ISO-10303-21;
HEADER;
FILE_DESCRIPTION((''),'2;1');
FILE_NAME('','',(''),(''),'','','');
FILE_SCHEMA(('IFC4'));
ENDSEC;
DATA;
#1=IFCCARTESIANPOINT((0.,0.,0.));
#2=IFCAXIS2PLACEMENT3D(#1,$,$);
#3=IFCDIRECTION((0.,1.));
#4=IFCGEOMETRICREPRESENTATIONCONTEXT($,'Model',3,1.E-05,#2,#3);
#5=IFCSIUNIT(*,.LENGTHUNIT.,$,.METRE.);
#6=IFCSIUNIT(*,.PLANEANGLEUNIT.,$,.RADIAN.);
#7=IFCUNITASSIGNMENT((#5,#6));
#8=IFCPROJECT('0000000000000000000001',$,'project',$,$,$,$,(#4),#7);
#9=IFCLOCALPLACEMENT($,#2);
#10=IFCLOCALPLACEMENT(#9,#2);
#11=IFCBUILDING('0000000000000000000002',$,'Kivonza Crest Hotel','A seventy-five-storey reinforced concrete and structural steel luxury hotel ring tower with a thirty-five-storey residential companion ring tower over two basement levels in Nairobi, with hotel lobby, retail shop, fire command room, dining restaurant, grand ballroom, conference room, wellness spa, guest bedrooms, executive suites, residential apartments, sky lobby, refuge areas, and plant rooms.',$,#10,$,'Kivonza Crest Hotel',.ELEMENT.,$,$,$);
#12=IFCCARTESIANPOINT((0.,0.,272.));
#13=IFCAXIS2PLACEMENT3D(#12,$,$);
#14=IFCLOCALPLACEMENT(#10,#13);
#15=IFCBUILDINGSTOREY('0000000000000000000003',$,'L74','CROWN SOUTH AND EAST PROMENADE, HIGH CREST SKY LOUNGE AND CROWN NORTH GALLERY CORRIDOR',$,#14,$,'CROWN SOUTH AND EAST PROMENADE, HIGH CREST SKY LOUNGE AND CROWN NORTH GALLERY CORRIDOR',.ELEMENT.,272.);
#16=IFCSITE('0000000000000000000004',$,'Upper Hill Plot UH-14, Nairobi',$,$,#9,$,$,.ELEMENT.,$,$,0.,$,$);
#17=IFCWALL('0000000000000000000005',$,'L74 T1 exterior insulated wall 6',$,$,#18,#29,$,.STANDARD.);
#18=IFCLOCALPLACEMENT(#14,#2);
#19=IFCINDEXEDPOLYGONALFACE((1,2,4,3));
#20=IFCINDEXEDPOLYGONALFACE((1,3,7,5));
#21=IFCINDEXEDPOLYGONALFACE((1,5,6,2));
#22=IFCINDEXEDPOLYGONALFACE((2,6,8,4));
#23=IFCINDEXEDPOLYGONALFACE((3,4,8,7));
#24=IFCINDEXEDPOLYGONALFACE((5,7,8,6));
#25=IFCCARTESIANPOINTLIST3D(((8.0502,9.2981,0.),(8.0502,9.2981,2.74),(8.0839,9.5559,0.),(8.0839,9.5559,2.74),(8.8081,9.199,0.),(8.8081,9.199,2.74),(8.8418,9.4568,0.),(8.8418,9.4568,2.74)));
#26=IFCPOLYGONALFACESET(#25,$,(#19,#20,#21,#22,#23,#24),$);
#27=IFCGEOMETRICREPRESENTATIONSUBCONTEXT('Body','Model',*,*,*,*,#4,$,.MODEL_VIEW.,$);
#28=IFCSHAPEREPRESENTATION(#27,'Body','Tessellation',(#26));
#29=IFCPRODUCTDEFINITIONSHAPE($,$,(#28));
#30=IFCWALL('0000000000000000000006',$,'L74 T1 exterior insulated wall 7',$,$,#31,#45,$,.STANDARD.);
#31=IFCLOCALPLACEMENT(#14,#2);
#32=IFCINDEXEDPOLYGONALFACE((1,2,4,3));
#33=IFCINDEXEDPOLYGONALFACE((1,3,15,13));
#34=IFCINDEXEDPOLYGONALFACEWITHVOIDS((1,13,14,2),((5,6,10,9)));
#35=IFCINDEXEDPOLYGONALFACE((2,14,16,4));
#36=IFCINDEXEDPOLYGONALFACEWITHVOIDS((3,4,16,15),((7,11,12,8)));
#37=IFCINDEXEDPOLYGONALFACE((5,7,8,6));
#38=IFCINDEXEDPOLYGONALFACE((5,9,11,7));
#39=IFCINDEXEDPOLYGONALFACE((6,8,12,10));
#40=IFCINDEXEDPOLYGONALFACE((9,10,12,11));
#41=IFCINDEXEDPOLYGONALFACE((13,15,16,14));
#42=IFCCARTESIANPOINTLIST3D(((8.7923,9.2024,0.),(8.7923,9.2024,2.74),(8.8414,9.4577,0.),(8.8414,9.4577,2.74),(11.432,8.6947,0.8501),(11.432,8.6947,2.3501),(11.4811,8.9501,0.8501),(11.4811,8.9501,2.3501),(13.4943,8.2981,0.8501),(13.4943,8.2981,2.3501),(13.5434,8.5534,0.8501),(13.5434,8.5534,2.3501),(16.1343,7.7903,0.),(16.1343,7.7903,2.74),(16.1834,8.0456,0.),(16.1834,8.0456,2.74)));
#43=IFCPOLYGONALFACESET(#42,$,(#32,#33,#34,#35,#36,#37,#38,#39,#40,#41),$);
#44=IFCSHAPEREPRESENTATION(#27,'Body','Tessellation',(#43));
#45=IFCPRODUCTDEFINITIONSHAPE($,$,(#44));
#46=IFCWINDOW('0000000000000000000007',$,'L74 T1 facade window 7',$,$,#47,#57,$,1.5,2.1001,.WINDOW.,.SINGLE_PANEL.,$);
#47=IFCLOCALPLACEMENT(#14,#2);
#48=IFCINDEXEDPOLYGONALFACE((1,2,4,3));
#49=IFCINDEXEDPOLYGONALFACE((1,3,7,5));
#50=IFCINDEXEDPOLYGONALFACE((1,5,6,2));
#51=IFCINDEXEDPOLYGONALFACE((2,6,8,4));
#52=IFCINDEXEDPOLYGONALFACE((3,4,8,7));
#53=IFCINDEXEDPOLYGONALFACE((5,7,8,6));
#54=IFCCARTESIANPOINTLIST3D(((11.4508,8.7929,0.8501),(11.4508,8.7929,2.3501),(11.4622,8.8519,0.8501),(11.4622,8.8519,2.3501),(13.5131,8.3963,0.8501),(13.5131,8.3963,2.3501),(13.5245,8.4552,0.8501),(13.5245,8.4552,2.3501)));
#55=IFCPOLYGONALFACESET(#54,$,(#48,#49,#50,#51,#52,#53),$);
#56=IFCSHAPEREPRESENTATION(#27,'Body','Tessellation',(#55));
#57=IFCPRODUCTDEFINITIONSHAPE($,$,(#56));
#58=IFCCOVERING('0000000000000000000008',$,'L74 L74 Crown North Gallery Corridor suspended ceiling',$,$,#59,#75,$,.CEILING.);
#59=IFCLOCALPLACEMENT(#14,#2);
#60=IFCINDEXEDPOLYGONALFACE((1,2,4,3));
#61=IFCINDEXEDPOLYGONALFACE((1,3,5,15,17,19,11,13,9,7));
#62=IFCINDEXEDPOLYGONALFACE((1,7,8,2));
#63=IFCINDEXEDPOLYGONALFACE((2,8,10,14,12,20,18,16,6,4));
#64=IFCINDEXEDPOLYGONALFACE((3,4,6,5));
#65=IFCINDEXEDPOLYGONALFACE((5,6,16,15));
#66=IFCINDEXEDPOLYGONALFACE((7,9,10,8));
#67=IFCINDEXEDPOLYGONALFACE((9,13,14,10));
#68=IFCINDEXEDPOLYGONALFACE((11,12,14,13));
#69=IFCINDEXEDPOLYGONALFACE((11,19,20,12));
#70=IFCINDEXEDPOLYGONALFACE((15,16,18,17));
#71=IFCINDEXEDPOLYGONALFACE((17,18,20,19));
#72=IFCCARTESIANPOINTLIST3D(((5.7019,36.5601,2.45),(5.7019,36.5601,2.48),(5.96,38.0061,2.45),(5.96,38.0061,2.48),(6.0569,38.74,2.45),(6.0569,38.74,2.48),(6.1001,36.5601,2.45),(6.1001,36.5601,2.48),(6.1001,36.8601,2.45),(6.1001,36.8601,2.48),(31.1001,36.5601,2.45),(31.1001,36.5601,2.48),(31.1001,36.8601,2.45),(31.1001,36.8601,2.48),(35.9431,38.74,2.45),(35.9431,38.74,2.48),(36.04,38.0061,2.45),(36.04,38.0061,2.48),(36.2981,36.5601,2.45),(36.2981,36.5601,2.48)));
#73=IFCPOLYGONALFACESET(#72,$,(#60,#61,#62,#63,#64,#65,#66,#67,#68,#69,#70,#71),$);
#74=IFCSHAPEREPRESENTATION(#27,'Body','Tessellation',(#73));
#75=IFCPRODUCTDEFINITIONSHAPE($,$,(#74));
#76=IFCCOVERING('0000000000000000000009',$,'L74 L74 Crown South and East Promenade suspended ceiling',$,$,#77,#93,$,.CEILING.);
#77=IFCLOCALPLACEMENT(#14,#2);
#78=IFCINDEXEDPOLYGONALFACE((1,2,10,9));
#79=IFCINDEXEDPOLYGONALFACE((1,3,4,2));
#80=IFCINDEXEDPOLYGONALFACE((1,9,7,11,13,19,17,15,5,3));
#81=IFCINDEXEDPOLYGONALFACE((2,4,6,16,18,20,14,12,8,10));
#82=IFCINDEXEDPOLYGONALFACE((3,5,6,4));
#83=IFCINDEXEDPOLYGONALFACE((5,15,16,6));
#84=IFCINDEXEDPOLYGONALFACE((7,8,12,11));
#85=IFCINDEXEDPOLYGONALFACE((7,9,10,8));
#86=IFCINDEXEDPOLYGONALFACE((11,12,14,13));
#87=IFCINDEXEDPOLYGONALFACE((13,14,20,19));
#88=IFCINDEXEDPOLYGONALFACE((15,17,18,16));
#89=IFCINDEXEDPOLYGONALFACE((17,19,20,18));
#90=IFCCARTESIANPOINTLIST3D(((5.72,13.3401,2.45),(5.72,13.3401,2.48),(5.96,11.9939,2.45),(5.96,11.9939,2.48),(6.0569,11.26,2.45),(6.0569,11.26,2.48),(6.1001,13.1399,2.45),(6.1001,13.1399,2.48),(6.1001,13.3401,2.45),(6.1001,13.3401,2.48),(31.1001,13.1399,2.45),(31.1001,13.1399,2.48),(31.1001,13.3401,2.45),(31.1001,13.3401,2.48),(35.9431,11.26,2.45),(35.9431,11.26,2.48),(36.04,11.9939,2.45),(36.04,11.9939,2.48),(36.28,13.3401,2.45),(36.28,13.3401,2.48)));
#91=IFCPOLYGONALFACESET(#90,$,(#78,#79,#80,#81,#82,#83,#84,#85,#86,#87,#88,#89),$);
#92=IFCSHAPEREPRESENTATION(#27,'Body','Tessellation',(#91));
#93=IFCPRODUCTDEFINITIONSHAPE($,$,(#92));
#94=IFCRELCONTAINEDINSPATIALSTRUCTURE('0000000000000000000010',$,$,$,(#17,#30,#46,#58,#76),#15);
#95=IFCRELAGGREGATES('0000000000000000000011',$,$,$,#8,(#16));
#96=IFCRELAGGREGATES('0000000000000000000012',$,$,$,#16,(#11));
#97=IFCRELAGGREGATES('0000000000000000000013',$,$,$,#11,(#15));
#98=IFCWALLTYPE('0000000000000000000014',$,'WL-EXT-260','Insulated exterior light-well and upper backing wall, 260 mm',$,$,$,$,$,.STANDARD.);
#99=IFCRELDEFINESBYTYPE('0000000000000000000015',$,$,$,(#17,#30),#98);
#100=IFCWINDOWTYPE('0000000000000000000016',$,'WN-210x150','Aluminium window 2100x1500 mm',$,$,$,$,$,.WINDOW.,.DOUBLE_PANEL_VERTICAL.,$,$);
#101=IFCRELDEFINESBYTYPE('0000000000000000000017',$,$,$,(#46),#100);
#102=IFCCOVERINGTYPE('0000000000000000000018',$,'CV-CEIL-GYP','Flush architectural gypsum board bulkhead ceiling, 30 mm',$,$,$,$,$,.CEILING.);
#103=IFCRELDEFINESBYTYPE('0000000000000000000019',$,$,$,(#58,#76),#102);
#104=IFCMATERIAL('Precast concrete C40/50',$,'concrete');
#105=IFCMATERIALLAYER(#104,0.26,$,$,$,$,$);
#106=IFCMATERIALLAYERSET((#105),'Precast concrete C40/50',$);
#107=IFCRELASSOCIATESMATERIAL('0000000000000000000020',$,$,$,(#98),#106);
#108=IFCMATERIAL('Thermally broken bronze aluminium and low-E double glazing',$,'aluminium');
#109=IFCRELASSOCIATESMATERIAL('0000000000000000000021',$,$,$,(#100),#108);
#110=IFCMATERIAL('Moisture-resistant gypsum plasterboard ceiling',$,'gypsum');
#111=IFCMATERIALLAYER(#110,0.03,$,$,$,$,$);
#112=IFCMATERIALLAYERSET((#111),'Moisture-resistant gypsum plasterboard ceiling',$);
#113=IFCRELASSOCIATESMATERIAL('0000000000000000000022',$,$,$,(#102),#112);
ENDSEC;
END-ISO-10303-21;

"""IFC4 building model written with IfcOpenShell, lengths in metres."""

from ifc_helpers import new_model, si_unit, direction, frame, frame_2d, origin, place, context, subcontext, project, spatial, polyline, rectangle, outline, extrude, material, layer, layer_set, type_object, element, fill, save


model = new_model("IFC4")

# Units and contexts
model_context = context("Model", 3, precision=1e-05, world=origin(), true_north=direction((0.0, 1.0)))
body_context = subcontext(model_context, "Body", "Model", "MODEL_VIEW")
ifc_project = project(units=[si_unit("LENGTHUNIT", "METRE"), si_unit("PLANEANGLEUNIT", "RADIAN")], contexts=[model_context])

# Site, building, storey
site_placement = place(None, origin())
site = spatial("IfcSite", under=ifc_project, at=site_placement, Name="Upper Hill Plot UH-14, Nairobi", CompositionType="ELEMENT", RefElevation=0.0)
building_placement = place(site_placement, origin())
building = spatial("IfcBuilding", under=site, at=building_placement, Name="Kivonza Crest Hotel", Description="A seventy-five-storey reinforced concrete and structural steel luxury hotel ring tower with a thirty-five-storey residential companion ring tower over two basement levels in Nairobi, with hotel lobby, retail shop, fire command room, dining restaurant, grand ballroom, conference room, wellness spa, guest bedrooms, executive suites, residential apartments, sky lobby, refuge areas, and plant rooms.", LongName="Kivonza Crest Hotel", CompositionType="ELEMENT")
storey_placement = place(building_placement, frame((0.0, 0.0, 272.0)))
storey = spatial("IfcBuildingStorey", under=building, at=storey_placement, Name="L74", Description="CROWN SOUTH AND EAST PROMENADE, HIGH CREST SKY LOUNGE AND CROWN NORTH GALLERY CORRIDOR", LongName="CROWN SOUTH AND EAST PROMENADE, HIGH CREST SKY LOUNGE AND CROWN NORTH GALLERY CORRIDOR", CompositionType="ELEMENT", Elevation=272.0)

# Wall
ifc_material_1 = material(Name="Precast concrete C40/50", Category="concrete")
ifc_layer_1 = layer(ifc_material_1, 0.26)
ifc_layer_set_1 = layer_set([ifc_layer_1], Name="Precast concrete C40/50")
wall_type_1 = type_object("IfcWallType", Name="WL-EXT-260", Description="Insulated exterior light-well and upper backing wall, 260 mm", PredefinedType="STANDARD", material=ifc_layer_set_1)
wall_1_placement = place(storey_placement, frame((8.0669, 9.427, 0.0), z_axis=(0.0, 0.0, 1.0), x_axis=(0.991559, -0.129653, 0.0)))
element("IfcWall", 1, at=wall_1_placement, inside=storey, type_object=wall_type_1, Name="L74 T1 exterior insulated wall 6", PredefinedType="STANDARD", context=body_context, shape_type="SweptSolid", body=[
    extrude(rectangle(XDim=0.7644, YDim=0.26, at=frame_2d((0.3823, 0.0))), origin(), (0.0, 0.0, 1.0), 2.74),
])

# Wall, opening, window
wall_2_placement = place(storey_placement, frame((8.8169, 9.3301, 0.0), z_axis=(0.0, 0.0, 1.0), x_axis=(0.982002, -0.18887, 0.0)))
wall_2 = element("IfcWall", 2, at=wall_2_placement, inside=storey, type_object=wall_type_1, Name="L74 T1 exterior insulated wall 7", PredefinedType="STANDARD", context=body_context, shape_type="SweptSolid", body=[
    extrude(rectangle(XDim=7.4766, YDim=0.26, at=frame_2d((3.7383, 0.0))), origin(), (0.0, 0.0, 1.0), 2.74),
])
opening_1_placement = place(wall_2_placement, frame((2.688, 0.0, 0.8501)))
opening_1 = element("IfcOpeningElement", 3, at=opening_1_placement, cuts=wall_2, PredefinedType="OPENING", context=body_context, shape_type="SweptSolid", body=[
    extrude(rectangle(XDim=2.1001, YDim=1.5, at=frame_2d((1.05, 0.75))), frame((0.0, 0.1401, 0.0), z_axis=(0.0, -1.0, 0.0), x_axis=(1.0, 0.0, 0.0)), (0.0, 0.0, 1.0), 0.28),
])
ifc_material_2 = material(Name="Thermally broken bronze aluminium and low-E double glazing", Category="aluminium")
window_type = type_object("IfcWindowType", Name="WN-210x150", Description="Aluminium window 2100x1500 mm", PartitioningType="DOUBLE_PANEL_VERTICAL", PredefinedType="WINDOW", material=ifc_material_2)
window_placement = place(opening_1_placement, origin())
window = element("IfcWindow", 4, at=window_placement, inside=storey, type_object=window_type, Name="L74 T1 facade window 7", OverallHeight=1.5, OverallWidth=2.1001, PartitioningType="SINGLE_PANEL", PredefinedType="WINDOW", context=body_context, shape_type="SweptSolid", body=[
    extrude(rectangle(XDim=2.1001, YDim=1.5, at=frame_2d((1.05, 0.75))), frame((0.0, 0.03, 0.0), z_axis=(0.0, -1.0, 0.0), x_axis=(1.0, 0.0, 0.0)), (0.0, 0.0, 1.0), 0.0601),
])
fill(opening_1, window)

# Coverings
ifc_material_3 = material(Name="Moisture-resistant gypsum plasterboard ceiling", Category="gypsum")
ifc_layer_2 = layer(ifc_material_3, 0.03)
ifc_layer_set_2 = layer_set([ifc_layer_2], Name="Moisture-resistant gypsum plasterboard ceiling")
covering_type = type_object("IfcCoveringType", Name="CV-CEIL-GYP", Description="Flush architectural gypsum board bulkhead ceiling, 30 mm", PredefinedType="CEILING", material=ifc_layer_set_2)
covering_1_placement = place(storey_placement, frame((0.0, 0.0, 2.45)))
element("IfcCovering", 5, at=covering_1_placement, inside=storey, type_object=covering_type, Name="L74 L74 Crown North Gallery Corridor suspended ceiling", PredefinedType="CEILING", context=body_context, shape_type="SweptSolid", body=[
    extrude(outline(polyline([(6.0569, 38.74), (5.96, 38.0061), (5.7019, 36.5601), (6.1001, 36.5601), (6.1001, 36.8601), (31.1001, 36.8601), (31.1001, 36.5601), (36.2981, 36.5601), (36.04, 38.0061), (35.9431, 38.74), (6.0569, 38.74)])), origin(), (0.0, 0.0, 1.0), 0.03),
])
covering_2_placement = place(storey_placement, frame((0.0, 0.0, 2.45)))
element("IfcCovering", 6, at=covering_2_placement, inside=storey, type_object=covering_type, Name="L74 L74 Crown South and East Promenade suspended ceiling", PredefinedType="CEILING", context=body_context, shape_type="SweptSolid", body=[
    extrude(outline(polyline([(36.04, 11.9939), (36.28, 13.3401), (31.1001, 13.3401), (31.1001, 13.1399), (6.1001, 13.1399), (6.1001, 13.3401), (5.72, 13.3401), (5.96, 11.9939), (6.0569, 11.26), (35.9431, 11.26), (36.04, 11.9939)])), origin(), (0.0, 0.0, 1.0), 0.03),
])

save(model, "model.ifc")
